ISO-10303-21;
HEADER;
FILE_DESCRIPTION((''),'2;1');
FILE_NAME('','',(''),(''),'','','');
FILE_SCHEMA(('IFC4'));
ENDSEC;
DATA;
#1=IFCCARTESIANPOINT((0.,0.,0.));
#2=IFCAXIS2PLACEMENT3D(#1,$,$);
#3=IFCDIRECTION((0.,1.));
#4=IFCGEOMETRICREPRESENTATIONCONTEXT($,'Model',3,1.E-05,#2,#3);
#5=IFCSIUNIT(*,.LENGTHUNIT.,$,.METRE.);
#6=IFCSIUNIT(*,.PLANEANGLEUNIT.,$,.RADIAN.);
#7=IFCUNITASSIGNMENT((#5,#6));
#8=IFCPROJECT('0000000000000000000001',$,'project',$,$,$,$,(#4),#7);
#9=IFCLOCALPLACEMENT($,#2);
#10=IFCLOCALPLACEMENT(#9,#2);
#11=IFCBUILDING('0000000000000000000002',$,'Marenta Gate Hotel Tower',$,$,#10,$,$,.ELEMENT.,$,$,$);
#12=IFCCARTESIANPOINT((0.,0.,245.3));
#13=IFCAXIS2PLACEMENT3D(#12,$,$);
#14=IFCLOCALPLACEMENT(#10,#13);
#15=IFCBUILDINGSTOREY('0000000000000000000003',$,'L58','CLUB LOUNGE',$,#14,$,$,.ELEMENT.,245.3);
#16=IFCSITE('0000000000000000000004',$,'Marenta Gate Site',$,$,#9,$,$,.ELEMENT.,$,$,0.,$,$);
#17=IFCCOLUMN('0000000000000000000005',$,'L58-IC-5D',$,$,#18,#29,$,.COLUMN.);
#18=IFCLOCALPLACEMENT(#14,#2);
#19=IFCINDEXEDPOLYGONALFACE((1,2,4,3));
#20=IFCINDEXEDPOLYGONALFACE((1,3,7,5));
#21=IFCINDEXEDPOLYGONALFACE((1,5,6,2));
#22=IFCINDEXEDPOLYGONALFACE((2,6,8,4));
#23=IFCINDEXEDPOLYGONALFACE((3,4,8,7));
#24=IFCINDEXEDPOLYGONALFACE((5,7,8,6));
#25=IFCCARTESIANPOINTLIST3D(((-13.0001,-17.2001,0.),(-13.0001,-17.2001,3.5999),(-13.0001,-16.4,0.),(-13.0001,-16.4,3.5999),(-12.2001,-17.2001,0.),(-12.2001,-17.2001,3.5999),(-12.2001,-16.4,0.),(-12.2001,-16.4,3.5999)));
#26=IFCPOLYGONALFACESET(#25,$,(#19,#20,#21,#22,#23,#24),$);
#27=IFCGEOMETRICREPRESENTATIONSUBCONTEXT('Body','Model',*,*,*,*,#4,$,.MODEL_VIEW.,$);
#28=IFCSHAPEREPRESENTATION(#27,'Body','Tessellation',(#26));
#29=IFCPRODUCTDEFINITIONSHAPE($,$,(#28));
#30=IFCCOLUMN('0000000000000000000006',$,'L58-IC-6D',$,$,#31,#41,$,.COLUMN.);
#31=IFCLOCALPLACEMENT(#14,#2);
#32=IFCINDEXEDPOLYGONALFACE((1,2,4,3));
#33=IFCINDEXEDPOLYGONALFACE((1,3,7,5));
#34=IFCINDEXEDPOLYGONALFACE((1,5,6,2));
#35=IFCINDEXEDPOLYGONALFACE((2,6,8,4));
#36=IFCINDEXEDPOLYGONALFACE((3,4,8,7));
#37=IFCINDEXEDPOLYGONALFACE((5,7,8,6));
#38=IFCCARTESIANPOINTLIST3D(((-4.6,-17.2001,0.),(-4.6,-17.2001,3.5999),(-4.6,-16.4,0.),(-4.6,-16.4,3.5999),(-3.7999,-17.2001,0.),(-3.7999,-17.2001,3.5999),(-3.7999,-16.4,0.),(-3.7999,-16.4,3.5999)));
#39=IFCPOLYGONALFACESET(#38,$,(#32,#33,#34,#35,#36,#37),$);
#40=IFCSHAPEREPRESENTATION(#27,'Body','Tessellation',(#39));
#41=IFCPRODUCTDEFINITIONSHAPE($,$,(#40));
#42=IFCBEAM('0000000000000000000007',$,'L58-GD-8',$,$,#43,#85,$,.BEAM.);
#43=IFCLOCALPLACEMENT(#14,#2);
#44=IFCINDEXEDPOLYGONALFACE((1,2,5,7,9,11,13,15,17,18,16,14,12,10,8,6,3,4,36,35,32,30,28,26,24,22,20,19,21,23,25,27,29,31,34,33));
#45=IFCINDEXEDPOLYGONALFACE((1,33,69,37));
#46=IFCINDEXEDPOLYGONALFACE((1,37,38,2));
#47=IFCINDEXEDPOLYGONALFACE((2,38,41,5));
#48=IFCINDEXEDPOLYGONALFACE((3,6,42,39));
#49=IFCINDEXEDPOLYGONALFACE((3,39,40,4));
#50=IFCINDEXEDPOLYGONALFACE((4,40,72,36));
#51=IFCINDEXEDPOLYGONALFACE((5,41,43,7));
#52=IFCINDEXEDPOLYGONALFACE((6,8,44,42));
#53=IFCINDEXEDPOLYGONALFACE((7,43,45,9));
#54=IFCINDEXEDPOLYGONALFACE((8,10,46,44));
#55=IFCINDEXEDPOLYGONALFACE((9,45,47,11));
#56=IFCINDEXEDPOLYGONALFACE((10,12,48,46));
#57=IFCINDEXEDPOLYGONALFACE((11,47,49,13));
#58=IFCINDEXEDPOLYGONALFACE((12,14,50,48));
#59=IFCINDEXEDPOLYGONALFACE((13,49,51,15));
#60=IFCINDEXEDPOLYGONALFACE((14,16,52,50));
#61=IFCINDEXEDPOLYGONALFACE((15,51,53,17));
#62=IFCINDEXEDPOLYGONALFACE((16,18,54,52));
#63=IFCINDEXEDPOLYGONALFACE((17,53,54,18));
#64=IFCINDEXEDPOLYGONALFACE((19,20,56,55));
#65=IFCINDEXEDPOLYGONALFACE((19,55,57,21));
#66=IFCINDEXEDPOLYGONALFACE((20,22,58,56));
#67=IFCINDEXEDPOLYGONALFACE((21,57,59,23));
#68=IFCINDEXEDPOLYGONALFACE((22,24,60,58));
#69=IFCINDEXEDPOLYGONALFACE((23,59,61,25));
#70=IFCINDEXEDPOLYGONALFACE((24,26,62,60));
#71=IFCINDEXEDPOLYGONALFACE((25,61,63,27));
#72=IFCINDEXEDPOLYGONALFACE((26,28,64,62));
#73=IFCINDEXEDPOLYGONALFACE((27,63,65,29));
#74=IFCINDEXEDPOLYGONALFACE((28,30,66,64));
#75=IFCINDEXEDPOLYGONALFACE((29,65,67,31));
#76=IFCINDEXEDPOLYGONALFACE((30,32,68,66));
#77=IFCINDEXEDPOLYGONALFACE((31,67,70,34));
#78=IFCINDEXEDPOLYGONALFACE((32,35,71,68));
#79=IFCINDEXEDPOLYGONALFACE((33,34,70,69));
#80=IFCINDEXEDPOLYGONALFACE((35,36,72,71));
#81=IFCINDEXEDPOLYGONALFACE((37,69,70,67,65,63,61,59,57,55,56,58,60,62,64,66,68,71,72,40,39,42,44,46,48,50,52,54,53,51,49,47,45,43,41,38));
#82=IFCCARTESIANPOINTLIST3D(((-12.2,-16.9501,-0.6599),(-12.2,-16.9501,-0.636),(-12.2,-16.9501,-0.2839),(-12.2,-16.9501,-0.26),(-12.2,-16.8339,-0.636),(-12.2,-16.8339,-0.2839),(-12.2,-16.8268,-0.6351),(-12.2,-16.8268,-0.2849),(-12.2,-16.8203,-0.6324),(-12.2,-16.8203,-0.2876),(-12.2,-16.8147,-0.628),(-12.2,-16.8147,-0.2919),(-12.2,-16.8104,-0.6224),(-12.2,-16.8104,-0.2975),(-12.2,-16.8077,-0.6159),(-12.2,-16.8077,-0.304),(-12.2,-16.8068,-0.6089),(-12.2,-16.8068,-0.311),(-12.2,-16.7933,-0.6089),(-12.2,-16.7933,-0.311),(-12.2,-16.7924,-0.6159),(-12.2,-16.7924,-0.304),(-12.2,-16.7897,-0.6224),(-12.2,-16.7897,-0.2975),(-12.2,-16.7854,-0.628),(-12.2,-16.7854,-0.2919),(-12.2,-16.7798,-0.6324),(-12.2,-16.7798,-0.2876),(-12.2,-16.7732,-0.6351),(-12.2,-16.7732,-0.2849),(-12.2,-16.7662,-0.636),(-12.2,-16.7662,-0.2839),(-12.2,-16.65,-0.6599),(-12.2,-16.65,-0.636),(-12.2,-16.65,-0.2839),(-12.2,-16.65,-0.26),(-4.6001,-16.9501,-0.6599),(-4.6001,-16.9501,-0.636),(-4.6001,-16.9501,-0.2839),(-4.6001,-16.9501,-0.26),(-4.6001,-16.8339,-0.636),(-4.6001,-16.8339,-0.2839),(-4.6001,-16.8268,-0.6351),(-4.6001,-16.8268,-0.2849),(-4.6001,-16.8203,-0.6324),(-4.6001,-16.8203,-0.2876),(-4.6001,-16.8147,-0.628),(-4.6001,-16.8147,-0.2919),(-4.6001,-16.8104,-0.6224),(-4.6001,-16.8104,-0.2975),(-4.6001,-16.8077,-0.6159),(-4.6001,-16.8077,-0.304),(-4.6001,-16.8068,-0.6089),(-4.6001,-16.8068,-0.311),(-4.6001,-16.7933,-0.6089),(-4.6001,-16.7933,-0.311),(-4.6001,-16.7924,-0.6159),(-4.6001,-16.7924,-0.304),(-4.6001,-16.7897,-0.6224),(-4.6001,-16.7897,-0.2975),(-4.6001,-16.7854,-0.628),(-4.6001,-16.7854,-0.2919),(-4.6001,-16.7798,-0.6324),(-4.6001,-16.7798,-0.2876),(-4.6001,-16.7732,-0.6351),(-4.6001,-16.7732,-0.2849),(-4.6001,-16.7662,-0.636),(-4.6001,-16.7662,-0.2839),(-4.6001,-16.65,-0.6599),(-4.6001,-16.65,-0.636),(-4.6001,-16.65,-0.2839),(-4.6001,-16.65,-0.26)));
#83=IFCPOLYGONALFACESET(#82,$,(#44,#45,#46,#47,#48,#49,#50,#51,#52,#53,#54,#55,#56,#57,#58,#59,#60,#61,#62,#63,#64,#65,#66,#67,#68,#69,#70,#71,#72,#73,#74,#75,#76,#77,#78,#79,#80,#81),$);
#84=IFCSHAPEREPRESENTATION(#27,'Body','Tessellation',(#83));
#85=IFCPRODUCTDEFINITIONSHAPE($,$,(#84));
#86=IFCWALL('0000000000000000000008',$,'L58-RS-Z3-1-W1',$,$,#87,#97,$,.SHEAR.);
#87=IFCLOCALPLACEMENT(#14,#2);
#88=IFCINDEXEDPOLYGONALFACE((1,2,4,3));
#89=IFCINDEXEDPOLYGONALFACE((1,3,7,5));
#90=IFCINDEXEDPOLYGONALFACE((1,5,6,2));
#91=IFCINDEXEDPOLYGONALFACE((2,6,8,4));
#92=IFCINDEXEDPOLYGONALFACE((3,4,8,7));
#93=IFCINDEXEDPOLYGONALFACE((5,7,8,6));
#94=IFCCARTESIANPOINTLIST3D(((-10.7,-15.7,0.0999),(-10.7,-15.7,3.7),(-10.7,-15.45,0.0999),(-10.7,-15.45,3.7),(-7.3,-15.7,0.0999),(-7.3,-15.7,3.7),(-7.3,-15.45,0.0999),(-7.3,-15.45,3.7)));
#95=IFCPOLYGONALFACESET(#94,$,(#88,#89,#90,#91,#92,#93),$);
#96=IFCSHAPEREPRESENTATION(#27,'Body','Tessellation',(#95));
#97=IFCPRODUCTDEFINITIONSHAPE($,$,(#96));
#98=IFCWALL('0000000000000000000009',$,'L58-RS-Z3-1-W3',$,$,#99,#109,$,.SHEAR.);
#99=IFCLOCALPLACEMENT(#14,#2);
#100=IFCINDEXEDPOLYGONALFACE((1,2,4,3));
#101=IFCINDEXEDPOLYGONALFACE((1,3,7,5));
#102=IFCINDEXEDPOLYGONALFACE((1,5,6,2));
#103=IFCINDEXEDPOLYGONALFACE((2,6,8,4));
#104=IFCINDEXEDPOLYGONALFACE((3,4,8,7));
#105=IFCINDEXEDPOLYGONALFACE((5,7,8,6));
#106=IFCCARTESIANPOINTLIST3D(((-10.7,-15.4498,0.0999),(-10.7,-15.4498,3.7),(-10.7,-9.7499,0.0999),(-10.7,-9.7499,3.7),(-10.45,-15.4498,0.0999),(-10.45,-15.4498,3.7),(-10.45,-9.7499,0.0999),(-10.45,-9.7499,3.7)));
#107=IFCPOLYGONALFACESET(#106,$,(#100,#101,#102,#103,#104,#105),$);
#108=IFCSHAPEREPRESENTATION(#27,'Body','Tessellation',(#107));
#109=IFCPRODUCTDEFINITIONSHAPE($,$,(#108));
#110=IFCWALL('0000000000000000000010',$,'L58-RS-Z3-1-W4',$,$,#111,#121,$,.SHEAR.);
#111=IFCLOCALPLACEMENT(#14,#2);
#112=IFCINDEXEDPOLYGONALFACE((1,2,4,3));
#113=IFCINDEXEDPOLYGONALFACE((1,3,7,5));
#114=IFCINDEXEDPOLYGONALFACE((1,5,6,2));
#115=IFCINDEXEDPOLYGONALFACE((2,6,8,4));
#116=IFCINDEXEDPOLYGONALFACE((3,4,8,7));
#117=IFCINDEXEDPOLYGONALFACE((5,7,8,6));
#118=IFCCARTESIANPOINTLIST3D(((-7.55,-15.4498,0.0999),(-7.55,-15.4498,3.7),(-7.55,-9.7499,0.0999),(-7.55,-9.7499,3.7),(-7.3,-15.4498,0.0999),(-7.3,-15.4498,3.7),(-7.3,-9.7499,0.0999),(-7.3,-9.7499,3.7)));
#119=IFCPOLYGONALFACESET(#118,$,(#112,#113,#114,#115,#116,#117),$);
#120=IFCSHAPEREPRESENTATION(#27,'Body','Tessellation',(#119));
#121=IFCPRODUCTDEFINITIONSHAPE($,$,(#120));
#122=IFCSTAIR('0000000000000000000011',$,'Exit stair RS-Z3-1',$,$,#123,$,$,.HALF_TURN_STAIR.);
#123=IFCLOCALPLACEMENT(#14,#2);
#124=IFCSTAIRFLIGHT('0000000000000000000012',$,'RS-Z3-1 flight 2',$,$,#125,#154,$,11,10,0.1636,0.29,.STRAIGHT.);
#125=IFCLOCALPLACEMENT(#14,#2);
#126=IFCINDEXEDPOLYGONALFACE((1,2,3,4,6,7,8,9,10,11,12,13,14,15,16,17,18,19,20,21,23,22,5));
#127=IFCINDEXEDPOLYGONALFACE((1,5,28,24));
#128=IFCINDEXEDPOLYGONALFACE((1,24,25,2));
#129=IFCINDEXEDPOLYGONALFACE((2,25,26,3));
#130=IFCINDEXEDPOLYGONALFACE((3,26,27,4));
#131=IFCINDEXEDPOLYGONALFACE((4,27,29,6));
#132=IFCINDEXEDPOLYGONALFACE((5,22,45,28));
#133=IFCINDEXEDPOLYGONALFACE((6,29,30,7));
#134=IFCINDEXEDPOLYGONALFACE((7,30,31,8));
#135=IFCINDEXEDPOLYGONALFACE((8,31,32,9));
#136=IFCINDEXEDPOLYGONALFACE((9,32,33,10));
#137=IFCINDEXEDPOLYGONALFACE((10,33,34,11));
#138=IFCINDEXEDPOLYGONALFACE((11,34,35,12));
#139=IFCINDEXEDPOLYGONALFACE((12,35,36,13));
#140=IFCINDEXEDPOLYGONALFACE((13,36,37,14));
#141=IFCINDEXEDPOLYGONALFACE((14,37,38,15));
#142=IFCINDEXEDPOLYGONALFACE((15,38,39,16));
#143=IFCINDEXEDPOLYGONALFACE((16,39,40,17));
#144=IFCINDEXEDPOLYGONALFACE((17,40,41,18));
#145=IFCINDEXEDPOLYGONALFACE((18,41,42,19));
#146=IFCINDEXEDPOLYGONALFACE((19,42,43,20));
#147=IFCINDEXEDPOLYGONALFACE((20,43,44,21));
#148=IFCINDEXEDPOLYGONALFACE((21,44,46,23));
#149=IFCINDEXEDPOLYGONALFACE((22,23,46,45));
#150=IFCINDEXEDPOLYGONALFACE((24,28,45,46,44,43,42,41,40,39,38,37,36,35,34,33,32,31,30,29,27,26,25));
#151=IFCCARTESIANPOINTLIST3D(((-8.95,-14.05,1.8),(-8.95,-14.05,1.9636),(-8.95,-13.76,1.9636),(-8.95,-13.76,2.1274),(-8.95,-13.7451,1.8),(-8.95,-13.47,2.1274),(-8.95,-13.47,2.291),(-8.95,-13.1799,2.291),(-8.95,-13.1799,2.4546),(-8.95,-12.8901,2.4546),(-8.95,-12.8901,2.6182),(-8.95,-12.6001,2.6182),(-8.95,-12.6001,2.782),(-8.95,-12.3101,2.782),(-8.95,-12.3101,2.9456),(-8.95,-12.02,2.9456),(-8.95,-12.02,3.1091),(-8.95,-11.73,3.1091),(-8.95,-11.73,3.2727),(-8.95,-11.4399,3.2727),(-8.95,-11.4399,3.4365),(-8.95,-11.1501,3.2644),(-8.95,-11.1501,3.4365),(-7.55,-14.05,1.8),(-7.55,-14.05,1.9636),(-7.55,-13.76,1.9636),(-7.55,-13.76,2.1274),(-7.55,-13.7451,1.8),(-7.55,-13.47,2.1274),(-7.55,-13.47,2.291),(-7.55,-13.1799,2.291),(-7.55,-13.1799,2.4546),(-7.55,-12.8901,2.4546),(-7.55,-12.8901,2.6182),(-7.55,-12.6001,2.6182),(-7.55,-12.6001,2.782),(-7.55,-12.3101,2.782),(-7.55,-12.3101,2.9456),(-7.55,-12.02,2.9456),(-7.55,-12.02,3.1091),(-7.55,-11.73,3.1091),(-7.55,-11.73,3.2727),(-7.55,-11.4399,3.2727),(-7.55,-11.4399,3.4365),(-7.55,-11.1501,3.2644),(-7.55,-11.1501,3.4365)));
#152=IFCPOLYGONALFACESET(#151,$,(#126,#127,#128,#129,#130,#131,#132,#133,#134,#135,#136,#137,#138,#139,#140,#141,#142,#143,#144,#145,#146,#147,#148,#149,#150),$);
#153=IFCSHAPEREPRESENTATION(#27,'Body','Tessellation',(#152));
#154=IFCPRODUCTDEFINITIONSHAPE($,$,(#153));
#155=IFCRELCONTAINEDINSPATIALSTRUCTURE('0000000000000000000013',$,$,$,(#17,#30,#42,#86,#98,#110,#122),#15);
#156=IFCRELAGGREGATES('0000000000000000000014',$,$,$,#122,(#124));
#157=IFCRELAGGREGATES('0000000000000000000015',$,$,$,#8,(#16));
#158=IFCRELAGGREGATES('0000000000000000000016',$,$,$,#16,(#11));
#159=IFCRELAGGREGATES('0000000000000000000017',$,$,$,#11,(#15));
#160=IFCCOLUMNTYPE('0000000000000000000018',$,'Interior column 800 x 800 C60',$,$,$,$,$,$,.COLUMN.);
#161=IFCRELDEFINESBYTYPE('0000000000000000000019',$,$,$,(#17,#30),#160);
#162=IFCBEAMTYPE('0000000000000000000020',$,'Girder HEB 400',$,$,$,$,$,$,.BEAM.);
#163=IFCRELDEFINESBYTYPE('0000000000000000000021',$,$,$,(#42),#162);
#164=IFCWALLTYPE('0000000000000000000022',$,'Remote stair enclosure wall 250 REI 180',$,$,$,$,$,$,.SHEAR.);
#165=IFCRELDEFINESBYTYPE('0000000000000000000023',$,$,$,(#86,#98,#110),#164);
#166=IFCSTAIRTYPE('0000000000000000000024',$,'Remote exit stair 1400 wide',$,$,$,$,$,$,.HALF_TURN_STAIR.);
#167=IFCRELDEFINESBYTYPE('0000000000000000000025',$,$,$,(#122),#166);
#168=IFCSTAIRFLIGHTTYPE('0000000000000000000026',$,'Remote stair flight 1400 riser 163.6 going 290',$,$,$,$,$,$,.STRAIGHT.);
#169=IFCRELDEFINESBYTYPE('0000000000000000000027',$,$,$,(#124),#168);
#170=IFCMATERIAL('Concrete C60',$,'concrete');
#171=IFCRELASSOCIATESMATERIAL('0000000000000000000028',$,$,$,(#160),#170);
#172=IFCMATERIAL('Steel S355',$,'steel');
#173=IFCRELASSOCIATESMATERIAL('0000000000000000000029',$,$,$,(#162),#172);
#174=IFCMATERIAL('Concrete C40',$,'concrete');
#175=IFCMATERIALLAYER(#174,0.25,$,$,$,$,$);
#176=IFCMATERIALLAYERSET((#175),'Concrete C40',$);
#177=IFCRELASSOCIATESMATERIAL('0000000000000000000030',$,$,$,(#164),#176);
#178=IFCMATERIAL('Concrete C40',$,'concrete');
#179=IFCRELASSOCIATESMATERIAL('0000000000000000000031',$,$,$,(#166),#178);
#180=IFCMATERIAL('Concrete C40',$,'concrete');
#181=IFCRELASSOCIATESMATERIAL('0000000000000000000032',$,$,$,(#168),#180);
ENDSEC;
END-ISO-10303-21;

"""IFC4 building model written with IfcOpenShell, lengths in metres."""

from ifc_helpers import new_model, si_unit, direction, frame, frame_2d, origin, origin_2d, place, context, subcontext, project, spatial, polyline, rectangle, i_section, outline, extrude, material, layer, layer_set, material_profile, profile_set, type_object, element, aggregate, save


model = new_model("IFC4")

# Units and contexts
model_context = context("Model", 3, precision=1e-05, world=origin(), true_north=direction((0.0, 1.0)))
body_context = subcontext(model_context, "Body", "Model", "MODEL_VIEW")
ifc_project = project(units=[si_unit("LENGTHUNIT", "METRE"), si_unit("PLANEANGLEUNIT", "RADIAN")], contexts=[model_context])

# Site, building, storey
site_placement = place(None, origin())
site = spatial("IfcSite", under=ifc_project, at=site_placement, Name="Marenta Gate Site", CompositionType="ELEMENT", RefElevation=0.0)
building_placement = place(site_placement, origin())
building = spatial("IfcBuilding", under=site, at=building_placement, Name="Marenta Gate Hotel Tower", CompositionType="ELEMENT")
storey_placement = place(building_placement, frame((0.0, 0.0, 245.3)))
storey = spatial("IfcBuildingStorey", under=building, at=storey_placement, Name="L58", Description="CLUB LOUNGE", CompositionType="ELEMENT", Elevation=245.3)

# Columns
ifc_material_1 = material(Name="Concrete C60", Category="concrete")
ifc_material_profile_1 = material_profile(ifc_material_1, rectangle(XDim=0.8, YDim=0.8, at=origin_2d()), Name="800 x 800")
ifc_profile_set_1 = profile_set([ifc_material_profile_1], Name="Concrete C60")
column_type = type_object("IfcColumnType", Name="Interior column 800 x 800 C60", PredefinedType="COLUMN", material=ifc_profile_set_1)
for number, where, z_axis, x_axis, name in (
    (1, (-12.6001, -16.8, 0.0), (0.0, 0.0, 1.0), (1.0, 0.0, 0.0), "L58-IC-5D"),
    (2, (-4.2, -16.8, 0.0), (0.0, 0.0, 1.0), (1.0, 0.0, 0.0), "L58-IC-6D"),
):
    element("IfcColumn", number, at=place(storey_placement, frame(where, z_axis=z_axis, x_axis=x_axis)), inside=storey, type_object=column_type, Name=name, PredefinedType="COLUMN", context=body_context, shape_type="SweptSolid", body=[
        extrude(rectangle(XDim=0.8, YDim=0.8, at=origin_2d()), origin(), (0.0, 0.0, 1.0), 3.5999),
    ])

# Beam
ifc_material_2 = material(Name="Steel S355", Category="steel")
ifc_material_profile_2 = material_profile(ifc_material_2, i_section(OverallWidth=0.3, OverallDepth=0.3999, WebThickness=0.0134, FlangeThickness=0.0239, FilletRadius=0.0271, at=origin_2d()), Name="HEB 400")
ifc_profile_set_2 = profile_set([ifc_material_profile_2], Name="Steel S355")
beam_type = type_object("IfcBeamType", Name="Girder HEB 400", PredefinedType="BEAM", material=ifc_profile_set_2)
beam_placement = place(storey_placement, frame((-12.2, -16.8, -0.46), z_axis=(1.0, 0.0, 0.0), x_axis=(0.0, 1.0, 0.0)))
element("IfcBeam", 3, at=beam_placement, inside=storey, type_object=beam_type, Name="L58-GD-8", PredefinedType="BEAM", context=body_context, shape_type="SweptSolid", body=[
    extrude(i_section(OverallWidth=0.3, OverallDepth=0.3999, WebThickness=0.0134, FlangeThickness=0.0239, FilletRadius=0.0271, at=origin_2d()), origin(), (0.0, 0.0, 1.0), 7.5999),
])

# Walls
ifc_material_3 = material(Name="Concrete C40", Category="concrete")
ifc_layer_1 = layer(ifc_material_3, 0.25)
ifc_layer_set_1 = layer_set([ifc_layer_1], Name="Concrete C40")
wall_type_1 = type_object("IfcWallType", Name="Remote stair enclosure wall 250 REI 180", PredefinedType="SHEAR", material=ifc_layer_set_1)
wall_1_placement = place(storey_placement, frame((-10.7, -15.575, 0.0999), z_axis=(0.0, 0.0, 1.0), x_axis=(1.0, 0.0, 0.0)))
element("IfcWall", 4, at=wall_1_placement, inside=storey, type_object=wall_type_1, Name="L58-RS-Z3-1-W1", PredefinedType="SHEAR", context=body_context, shape_type="SweptSolid", body=[
    extrude(rectangle(XDim=3.3999, YDim=0.25, at=frame_2d((1.7, 0.0))), origin(), (0.0, 0.0, 1.0), 3.6001),
])
for number, where, z_axis, x_axis, name in (
    (5, (-10.575, -15.45, 0.0999), (0.0, 0.0, 1.0), (0.0, 1.0, 0.0), "L58-RS-Z3-1-W3"),
    (6, (-7.425, -15.45, 0.0999), (0.0, 0.0, 1.0), (0.0, 1.0, 0.0), "L58-RS-Z3-1-W4"),
):
    element("IfcWall", number, at=place(storey_placement, frame(where, z_axis=z_axis, x_axis=x_axis)), inside=storey, type_object=wall_type_1, Name=name, PredefinedType="SHEAR", context=body_context, shape_type="SweptSolid", body=[
        extrude(rectangle(XDim=5.7, YDim=0.25, at=frame_2d((2.8501, 0.0))), origin(), (0.0, 0.0, 1.0), 3.6001),
    ])

# Stair, stair flight
ifc_material_4 = material(Name="Concrete C40", Category="concrete")
stair_type = type_object("IfcStairType", Name="Remote exit stair 1400 wide", PredefinedType="HALF_TURN_STAIR", material=ifc_material_4)
stair_placement = place(storey_placement, origin())
stair = element("IfcStair", 7, at=stair_placement, inside=storey, type_object=stair_type, Name="Exit stair RS-Z3-1", PredefinedType="HALF_TURN_STAIR")
ifc_material_5 = material(Name="Concrete C40", Category="concrete")
stair_flight_type = type_object("IfcStairFlightType", Name="Remote stair flight 1400 riser 163.6 going 290", PredefinedType="STRAIGHT", material=ifc_material_5)
stair_flight_placement = place(storey_placement, frame((-8.25, -14.05, 1.8), z_axis=(0.0, 0.0, 1.0), x_axis=(0.0, 1.0, 0.0)))
stair_flight = element("IfcStairFlight", 8, at=stair_flight_placement, type_object=stair_flight_type, Name="RS-Z3-1 flight 2", NumberOfRisers=11, NumberOfTreads=10, PredefinedType="STRAIGHT", RiserHeight=0.1636, TreadLength=0.29, context=body_context, shape_type="SweptSolid", body=[
    extrude(outline(polyline([(0.0, 0.0), (0.0, 0.1636), (0.29, 0.1636), (0.29, 0.3274), (0.5801, 0.3274), (0.5801, 0.491), (0.8701, 0.491), (0.8701, 0.6545), (1.1599, 0.6545), (1.1599, 0.8181), (1.45, 0.8181), (1.45, 0.9819), (1.74, 0.9819), (1.74, 1.1455), (2.03, 1.1455), (2.03, 1.3091), (2.3201, 1.3091), (2.3201, 1.4727), (2.6101, 1.4727), (2.6101, 1.6365), (2.8999, 1.6365), (2.8999, 1.8), (2.8999, 1.4644), (0.3049, 0.0), (0.0, 0.0)])), frame((0.0, 0.7, 0.0), z_axis=(0.0, -1.0, 0.0), x_axis=(1.0, 0.0, 0.0)), (0.0, 0.0, 1.0), 1.3999),
])
aggregate(stair, [stair_flight])

save(model, "model.ifc")
